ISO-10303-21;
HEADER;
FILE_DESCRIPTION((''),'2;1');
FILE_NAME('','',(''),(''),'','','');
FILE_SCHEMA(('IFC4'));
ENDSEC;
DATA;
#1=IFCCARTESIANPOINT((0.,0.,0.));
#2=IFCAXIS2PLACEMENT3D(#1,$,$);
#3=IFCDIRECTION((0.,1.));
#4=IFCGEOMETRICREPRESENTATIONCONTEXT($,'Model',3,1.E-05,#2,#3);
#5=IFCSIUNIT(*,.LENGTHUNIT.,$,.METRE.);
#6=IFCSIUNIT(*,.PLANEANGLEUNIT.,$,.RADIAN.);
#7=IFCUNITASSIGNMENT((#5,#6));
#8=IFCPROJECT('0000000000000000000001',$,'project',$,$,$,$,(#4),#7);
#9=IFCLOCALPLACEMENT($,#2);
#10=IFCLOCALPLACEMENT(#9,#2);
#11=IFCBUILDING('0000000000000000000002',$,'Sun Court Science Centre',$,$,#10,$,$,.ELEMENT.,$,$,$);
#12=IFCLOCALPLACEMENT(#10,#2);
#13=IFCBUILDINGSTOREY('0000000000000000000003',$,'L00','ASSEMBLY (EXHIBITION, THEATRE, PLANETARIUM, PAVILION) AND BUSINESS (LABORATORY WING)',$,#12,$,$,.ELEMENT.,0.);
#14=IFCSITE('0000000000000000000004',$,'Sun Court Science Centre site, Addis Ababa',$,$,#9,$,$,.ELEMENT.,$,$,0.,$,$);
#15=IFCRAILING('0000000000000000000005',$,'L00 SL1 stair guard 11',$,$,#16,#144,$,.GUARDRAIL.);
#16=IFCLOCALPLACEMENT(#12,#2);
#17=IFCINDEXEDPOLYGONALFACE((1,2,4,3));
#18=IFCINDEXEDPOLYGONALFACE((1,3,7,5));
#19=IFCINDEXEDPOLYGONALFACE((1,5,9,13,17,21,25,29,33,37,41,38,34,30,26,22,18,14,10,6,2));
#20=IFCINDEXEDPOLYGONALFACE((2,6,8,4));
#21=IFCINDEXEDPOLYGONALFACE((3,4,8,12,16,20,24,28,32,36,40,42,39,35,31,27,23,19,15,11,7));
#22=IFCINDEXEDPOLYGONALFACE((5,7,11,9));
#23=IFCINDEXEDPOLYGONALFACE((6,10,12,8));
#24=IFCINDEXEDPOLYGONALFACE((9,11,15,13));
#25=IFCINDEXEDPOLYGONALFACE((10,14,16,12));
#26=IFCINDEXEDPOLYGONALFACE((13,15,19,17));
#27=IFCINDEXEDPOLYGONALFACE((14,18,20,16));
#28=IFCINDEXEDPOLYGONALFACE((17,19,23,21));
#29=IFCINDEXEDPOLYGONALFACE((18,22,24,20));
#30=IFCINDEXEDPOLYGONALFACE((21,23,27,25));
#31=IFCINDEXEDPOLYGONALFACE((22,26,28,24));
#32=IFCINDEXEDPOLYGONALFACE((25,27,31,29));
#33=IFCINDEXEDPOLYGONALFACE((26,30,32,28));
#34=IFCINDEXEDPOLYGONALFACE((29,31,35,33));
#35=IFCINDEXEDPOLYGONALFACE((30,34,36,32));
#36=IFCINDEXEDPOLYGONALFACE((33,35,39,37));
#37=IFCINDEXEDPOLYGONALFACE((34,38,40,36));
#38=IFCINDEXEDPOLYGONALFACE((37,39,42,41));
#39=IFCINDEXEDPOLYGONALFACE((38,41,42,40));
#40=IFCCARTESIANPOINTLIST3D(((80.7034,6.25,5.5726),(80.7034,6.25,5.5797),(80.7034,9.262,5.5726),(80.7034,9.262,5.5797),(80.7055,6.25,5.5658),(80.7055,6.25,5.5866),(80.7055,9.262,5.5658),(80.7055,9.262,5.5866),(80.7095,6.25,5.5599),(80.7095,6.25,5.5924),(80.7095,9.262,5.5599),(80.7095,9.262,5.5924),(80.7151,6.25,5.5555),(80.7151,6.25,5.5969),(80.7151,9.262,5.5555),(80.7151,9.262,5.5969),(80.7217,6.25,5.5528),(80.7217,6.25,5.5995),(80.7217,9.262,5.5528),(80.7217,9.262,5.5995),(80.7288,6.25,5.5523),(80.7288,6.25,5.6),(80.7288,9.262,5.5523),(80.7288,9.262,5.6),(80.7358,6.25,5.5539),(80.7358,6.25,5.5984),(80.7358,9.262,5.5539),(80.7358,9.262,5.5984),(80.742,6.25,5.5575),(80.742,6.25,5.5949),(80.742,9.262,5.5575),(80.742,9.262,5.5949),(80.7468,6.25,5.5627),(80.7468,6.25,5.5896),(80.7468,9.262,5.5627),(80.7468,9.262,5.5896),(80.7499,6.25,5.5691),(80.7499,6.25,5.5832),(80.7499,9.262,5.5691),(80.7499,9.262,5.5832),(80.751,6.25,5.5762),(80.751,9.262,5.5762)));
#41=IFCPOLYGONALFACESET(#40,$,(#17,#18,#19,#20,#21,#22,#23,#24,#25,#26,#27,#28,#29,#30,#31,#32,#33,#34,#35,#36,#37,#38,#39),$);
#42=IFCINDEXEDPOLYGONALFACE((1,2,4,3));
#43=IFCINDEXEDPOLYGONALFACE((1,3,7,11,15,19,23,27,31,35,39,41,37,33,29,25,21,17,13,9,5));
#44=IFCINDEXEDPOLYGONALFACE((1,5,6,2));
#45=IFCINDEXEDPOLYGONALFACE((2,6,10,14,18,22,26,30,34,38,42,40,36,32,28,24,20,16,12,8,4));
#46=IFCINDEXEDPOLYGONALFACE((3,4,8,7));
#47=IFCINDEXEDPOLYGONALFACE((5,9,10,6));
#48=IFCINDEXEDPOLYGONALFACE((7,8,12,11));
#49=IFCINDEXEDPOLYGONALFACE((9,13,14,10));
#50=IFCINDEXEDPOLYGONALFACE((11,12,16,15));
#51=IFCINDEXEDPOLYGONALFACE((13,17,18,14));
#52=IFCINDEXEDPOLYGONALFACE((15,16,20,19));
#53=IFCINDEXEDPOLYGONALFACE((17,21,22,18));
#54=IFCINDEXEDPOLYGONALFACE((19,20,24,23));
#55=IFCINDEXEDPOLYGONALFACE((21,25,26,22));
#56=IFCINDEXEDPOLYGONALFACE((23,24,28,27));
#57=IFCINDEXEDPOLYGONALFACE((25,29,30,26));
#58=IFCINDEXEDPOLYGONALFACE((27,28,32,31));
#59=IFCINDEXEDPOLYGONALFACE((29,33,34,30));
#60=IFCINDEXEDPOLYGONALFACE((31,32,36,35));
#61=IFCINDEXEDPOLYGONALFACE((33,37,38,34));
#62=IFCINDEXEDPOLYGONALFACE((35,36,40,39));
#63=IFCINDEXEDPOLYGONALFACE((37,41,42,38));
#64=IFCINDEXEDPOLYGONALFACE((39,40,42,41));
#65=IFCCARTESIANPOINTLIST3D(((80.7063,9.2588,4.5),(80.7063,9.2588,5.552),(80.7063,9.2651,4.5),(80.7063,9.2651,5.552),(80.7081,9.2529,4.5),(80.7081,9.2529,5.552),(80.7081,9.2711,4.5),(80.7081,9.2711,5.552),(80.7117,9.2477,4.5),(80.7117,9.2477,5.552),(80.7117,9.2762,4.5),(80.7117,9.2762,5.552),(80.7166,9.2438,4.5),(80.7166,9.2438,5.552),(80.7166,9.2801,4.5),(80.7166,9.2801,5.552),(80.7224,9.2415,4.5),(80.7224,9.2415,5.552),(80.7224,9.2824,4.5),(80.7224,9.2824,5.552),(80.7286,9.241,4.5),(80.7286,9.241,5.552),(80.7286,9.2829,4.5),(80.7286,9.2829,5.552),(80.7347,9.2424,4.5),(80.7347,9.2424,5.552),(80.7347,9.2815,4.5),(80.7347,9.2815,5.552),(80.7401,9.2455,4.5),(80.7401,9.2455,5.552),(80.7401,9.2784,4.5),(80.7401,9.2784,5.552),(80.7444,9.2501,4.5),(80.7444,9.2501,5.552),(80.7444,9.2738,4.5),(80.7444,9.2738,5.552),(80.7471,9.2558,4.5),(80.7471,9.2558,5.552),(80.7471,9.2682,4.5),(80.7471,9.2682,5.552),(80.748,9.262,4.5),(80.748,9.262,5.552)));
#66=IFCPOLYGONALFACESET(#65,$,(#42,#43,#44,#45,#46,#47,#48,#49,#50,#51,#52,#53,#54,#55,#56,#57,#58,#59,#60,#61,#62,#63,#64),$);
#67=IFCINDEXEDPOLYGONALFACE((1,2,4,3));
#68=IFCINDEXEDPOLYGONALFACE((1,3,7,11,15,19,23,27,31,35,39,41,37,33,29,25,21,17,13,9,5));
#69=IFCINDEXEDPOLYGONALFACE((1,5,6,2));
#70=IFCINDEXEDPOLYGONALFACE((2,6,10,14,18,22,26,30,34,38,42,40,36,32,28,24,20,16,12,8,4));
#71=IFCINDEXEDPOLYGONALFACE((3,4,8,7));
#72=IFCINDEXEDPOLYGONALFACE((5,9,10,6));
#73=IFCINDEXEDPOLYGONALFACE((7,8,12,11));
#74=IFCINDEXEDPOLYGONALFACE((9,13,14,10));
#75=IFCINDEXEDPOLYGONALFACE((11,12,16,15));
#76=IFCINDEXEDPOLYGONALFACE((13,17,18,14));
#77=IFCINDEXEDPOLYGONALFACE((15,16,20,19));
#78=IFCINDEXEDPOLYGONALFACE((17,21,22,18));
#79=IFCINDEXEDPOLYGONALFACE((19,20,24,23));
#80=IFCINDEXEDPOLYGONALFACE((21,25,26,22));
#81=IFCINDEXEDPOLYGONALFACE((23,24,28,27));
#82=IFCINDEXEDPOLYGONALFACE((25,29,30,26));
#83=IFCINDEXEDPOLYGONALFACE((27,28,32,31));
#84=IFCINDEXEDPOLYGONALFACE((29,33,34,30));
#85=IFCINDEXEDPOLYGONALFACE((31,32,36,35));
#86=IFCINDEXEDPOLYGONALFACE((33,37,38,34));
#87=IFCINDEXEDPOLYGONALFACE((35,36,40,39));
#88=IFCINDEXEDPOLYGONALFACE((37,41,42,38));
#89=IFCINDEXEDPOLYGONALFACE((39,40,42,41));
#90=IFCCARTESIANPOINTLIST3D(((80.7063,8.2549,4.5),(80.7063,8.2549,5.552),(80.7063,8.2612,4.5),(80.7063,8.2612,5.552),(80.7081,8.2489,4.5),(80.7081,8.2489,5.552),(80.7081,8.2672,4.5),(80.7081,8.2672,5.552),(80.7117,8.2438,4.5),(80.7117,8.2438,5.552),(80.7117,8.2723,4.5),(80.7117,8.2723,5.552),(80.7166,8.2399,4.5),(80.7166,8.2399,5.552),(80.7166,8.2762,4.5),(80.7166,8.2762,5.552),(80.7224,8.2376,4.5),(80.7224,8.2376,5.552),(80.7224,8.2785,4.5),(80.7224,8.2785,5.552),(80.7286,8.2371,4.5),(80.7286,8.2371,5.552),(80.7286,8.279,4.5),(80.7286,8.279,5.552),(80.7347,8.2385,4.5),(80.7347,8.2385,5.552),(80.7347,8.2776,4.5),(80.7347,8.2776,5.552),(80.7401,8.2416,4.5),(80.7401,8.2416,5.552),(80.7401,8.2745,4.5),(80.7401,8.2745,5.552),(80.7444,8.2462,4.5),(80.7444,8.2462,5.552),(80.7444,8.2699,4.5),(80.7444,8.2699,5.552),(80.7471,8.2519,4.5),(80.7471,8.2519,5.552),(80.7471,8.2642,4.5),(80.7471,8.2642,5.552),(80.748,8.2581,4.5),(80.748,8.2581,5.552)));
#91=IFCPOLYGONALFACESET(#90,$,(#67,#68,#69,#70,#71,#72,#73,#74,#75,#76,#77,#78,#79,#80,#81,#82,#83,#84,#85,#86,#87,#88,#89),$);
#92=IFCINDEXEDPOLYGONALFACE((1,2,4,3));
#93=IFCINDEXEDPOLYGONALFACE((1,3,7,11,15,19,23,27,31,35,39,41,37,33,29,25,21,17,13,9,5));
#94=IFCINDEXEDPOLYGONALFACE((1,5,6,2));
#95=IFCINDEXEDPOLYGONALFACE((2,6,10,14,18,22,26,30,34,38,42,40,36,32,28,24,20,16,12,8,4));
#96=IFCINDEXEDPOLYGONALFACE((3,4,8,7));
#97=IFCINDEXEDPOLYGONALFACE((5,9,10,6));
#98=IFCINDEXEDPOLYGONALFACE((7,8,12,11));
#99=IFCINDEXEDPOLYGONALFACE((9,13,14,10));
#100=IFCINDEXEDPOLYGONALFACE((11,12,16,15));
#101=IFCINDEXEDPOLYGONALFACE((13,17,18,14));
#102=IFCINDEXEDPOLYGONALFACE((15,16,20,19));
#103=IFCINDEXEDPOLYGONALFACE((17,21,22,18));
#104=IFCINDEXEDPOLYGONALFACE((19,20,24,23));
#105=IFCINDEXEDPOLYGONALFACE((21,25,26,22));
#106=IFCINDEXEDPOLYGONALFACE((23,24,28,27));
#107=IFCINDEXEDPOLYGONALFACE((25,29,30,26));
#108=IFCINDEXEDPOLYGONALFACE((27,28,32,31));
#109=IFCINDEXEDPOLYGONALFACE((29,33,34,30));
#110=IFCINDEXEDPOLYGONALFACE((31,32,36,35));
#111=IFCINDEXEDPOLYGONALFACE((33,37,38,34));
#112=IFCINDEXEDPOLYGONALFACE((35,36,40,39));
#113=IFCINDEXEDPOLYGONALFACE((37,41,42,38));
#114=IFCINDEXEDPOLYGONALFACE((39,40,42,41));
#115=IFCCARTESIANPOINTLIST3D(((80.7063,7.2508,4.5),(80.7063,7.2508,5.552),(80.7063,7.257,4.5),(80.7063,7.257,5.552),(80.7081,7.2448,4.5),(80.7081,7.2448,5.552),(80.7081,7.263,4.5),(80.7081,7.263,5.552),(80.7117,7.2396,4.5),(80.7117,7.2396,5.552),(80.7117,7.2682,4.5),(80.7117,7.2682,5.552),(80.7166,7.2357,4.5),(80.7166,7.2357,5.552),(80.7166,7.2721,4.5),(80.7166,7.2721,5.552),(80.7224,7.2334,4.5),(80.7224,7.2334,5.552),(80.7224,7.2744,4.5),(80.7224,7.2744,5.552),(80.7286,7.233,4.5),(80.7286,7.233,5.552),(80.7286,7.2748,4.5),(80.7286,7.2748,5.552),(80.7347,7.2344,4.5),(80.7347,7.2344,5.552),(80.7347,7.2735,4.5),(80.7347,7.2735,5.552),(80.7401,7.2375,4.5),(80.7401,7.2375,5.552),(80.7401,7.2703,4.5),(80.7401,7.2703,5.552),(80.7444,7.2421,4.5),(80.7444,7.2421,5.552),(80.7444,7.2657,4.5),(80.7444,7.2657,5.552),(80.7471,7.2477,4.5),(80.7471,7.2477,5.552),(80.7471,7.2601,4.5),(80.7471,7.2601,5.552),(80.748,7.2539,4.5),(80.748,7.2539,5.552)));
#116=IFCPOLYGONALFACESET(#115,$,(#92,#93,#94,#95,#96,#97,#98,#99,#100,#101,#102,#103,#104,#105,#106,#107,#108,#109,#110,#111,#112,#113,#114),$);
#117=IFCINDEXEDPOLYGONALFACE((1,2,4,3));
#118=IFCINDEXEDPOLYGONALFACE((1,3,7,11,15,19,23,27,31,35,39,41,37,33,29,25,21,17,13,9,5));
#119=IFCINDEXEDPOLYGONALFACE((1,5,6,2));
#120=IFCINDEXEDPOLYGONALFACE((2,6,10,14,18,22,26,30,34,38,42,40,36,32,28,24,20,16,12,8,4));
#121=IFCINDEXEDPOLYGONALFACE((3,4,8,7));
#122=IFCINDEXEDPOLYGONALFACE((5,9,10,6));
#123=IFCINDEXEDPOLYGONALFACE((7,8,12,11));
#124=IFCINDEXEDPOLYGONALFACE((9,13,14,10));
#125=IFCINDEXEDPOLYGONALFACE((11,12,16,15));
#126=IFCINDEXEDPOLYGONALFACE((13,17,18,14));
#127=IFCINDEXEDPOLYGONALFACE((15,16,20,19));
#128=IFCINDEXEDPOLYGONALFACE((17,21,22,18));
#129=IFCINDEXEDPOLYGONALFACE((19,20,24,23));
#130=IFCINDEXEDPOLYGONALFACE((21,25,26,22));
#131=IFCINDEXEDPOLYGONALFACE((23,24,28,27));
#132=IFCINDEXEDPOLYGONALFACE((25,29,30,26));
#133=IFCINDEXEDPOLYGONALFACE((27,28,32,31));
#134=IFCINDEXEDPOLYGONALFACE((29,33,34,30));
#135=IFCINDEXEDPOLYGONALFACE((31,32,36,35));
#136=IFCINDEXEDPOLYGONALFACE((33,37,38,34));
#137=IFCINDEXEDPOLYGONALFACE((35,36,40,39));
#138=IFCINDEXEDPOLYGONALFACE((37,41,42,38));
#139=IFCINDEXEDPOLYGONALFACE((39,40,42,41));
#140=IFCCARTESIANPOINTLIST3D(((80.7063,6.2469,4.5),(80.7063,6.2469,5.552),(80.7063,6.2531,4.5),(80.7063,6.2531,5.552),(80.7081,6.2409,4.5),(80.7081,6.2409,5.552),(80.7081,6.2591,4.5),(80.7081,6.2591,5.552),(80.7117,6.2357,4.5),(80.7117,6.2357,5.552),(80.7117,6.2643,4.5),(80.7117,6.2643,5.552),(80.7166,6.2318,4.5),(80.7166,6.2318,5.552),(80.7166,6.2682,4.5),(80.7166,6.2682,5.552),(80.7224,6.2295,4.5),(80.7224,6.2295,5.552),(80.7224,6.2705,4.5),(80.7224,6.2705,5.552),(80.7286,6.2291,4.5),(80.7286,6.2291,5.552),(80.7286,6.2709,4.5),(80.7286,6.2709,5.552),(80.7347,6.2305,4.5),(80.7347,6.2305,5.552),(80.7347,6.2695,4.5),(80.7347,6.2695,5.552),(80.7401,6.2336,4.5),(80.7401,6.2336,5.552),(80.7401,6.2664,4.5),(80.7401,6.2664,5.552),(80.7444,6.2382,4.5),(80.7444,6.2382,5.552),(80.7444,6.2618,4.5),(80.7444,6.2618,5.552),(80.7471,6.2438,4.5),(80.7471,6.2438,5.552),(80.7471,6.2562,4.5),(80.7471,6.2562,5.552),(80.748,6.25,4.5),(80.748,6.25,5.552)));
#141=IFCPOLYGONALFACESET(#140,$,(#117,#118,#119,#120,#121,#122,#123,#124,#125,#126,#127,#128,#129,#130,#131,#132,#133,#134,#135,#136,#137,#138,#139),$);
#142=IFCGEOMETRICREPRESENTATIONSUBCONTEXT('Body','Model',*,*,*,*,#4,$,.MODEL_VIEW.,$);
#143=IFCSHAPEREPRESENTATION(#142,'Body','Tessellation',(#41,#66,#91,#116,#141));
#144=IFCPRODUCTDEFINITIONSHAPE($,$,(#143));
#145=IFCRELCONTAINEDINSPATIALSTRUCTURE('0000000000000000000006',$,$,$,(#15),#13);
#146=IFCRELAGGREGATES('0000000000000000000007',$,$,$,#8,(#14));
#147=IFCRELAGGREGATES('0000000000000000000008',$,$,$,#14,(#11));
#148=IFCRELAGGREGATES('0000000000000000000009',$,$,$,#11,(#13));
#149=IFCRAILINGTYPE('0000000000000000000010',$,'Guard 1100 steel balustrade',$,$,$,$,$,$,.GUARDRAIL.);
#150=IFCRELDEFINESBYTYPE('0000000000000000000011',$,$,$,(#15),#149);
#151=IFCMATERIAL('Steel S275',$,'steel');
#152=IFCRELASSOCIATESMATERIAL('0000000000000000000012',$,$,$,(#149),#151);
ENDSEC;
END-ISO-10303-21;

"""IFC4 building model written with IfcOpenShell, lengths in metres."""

from ifc_helpers import new_model, si_unit, direction, frame, origin, origin_2d, place, context, subcontext, project, spatial, circle, extrude, material, type_object, element, save


model = new_model("IFC4")

# Units and contexts
model_context = context("Model", 3, precision=1e-05, world=origin(), true_north=direction((0.0, 1.0)))
body_context = subcontext(model_context, "Body", "Model", "MODEL_VIEW")
ifc_project = project(units=[si_unit("LENGTHUNIT", "METRE"), si_unit("PLANEANGLEUNIT", "RADIAN")], contexts=[model_context])

# Site, building, storey
site_placement = place(None, origin())
site = spatial("IfcSite", under=ifc_project, at=site_placement, Name="Sun Court Science Centre site, Addis Ababa", CompositionType="ELEMENT", RefElevation=0.0)
building_placement = place(site_placement, origin())
building = spatial("IfcBuilding", under=site, at=building_placement, Name="Sun Court Science Centre", CompositionType="ELEMENT")
storey_placement = place(building_placement, origin())
storey = spatial("IfcBuildingStorey", under=building, at=storey_placement, Name="L00", Description="ASSEMBLY (EXHIBITION, THEATRE, PLANETARIUM, PAVILION) AND BUSINESS (LABORATORY WING)", CompositionType="ELEMENT", Elevation=0.0)

# Railing
ifc_material_1 = material(Name="Steel S275", Category="steel")
railing_type_1 = type_object("IfcRailingType", Name="Guard 1100 steel balustrade", PredefinedType="GUARDRAIL", material=ifc_material_1)
railing_1_placement = place(storey_placement, frame((80.7271, 9.262, 4.5)))
element("IfcRailing", 1, at=railing_1_placement, inside=storey, type_object=railing_type_1, Name="L00 SL1 stair guard 11", PredefinedType="GUARDRAIL", context=body_context, shape_type="SweptSolid", body=[
    extrude(circle(Radius=0.0239, at=origin_2d()), frame((0.0, 0.0, 1.0762), z_axis=(0.0, -1.0, 0.0), x_axis=(1.0, 0.0, 0.0)), (0.0, 0.0, 1.0), 3.012),
    extrude(circle(Radius=0.021, at=origin_2d()), origin(), (0.0, 0.0, 1.0), 1.052),
    extrude(circle(Radius=0.021, at=origin_2d()), frame((0.0, -1.0039, 0.0)), (0.0, 0.0, 1.0), 1.052),
    extrude(circle(Radius=0.021, at=origin_2d()), frame((0.0, -2.0081, 0.0)), (0.0, 0.0, 1.0), 1.052),
    extrude(circle(Radius=0.021, at=origin_2d()), frame((0.0, -3.012, 0.0)), (0.0, 0.0, 1.0), 1.052),
])

save(model, "model.ifc")
